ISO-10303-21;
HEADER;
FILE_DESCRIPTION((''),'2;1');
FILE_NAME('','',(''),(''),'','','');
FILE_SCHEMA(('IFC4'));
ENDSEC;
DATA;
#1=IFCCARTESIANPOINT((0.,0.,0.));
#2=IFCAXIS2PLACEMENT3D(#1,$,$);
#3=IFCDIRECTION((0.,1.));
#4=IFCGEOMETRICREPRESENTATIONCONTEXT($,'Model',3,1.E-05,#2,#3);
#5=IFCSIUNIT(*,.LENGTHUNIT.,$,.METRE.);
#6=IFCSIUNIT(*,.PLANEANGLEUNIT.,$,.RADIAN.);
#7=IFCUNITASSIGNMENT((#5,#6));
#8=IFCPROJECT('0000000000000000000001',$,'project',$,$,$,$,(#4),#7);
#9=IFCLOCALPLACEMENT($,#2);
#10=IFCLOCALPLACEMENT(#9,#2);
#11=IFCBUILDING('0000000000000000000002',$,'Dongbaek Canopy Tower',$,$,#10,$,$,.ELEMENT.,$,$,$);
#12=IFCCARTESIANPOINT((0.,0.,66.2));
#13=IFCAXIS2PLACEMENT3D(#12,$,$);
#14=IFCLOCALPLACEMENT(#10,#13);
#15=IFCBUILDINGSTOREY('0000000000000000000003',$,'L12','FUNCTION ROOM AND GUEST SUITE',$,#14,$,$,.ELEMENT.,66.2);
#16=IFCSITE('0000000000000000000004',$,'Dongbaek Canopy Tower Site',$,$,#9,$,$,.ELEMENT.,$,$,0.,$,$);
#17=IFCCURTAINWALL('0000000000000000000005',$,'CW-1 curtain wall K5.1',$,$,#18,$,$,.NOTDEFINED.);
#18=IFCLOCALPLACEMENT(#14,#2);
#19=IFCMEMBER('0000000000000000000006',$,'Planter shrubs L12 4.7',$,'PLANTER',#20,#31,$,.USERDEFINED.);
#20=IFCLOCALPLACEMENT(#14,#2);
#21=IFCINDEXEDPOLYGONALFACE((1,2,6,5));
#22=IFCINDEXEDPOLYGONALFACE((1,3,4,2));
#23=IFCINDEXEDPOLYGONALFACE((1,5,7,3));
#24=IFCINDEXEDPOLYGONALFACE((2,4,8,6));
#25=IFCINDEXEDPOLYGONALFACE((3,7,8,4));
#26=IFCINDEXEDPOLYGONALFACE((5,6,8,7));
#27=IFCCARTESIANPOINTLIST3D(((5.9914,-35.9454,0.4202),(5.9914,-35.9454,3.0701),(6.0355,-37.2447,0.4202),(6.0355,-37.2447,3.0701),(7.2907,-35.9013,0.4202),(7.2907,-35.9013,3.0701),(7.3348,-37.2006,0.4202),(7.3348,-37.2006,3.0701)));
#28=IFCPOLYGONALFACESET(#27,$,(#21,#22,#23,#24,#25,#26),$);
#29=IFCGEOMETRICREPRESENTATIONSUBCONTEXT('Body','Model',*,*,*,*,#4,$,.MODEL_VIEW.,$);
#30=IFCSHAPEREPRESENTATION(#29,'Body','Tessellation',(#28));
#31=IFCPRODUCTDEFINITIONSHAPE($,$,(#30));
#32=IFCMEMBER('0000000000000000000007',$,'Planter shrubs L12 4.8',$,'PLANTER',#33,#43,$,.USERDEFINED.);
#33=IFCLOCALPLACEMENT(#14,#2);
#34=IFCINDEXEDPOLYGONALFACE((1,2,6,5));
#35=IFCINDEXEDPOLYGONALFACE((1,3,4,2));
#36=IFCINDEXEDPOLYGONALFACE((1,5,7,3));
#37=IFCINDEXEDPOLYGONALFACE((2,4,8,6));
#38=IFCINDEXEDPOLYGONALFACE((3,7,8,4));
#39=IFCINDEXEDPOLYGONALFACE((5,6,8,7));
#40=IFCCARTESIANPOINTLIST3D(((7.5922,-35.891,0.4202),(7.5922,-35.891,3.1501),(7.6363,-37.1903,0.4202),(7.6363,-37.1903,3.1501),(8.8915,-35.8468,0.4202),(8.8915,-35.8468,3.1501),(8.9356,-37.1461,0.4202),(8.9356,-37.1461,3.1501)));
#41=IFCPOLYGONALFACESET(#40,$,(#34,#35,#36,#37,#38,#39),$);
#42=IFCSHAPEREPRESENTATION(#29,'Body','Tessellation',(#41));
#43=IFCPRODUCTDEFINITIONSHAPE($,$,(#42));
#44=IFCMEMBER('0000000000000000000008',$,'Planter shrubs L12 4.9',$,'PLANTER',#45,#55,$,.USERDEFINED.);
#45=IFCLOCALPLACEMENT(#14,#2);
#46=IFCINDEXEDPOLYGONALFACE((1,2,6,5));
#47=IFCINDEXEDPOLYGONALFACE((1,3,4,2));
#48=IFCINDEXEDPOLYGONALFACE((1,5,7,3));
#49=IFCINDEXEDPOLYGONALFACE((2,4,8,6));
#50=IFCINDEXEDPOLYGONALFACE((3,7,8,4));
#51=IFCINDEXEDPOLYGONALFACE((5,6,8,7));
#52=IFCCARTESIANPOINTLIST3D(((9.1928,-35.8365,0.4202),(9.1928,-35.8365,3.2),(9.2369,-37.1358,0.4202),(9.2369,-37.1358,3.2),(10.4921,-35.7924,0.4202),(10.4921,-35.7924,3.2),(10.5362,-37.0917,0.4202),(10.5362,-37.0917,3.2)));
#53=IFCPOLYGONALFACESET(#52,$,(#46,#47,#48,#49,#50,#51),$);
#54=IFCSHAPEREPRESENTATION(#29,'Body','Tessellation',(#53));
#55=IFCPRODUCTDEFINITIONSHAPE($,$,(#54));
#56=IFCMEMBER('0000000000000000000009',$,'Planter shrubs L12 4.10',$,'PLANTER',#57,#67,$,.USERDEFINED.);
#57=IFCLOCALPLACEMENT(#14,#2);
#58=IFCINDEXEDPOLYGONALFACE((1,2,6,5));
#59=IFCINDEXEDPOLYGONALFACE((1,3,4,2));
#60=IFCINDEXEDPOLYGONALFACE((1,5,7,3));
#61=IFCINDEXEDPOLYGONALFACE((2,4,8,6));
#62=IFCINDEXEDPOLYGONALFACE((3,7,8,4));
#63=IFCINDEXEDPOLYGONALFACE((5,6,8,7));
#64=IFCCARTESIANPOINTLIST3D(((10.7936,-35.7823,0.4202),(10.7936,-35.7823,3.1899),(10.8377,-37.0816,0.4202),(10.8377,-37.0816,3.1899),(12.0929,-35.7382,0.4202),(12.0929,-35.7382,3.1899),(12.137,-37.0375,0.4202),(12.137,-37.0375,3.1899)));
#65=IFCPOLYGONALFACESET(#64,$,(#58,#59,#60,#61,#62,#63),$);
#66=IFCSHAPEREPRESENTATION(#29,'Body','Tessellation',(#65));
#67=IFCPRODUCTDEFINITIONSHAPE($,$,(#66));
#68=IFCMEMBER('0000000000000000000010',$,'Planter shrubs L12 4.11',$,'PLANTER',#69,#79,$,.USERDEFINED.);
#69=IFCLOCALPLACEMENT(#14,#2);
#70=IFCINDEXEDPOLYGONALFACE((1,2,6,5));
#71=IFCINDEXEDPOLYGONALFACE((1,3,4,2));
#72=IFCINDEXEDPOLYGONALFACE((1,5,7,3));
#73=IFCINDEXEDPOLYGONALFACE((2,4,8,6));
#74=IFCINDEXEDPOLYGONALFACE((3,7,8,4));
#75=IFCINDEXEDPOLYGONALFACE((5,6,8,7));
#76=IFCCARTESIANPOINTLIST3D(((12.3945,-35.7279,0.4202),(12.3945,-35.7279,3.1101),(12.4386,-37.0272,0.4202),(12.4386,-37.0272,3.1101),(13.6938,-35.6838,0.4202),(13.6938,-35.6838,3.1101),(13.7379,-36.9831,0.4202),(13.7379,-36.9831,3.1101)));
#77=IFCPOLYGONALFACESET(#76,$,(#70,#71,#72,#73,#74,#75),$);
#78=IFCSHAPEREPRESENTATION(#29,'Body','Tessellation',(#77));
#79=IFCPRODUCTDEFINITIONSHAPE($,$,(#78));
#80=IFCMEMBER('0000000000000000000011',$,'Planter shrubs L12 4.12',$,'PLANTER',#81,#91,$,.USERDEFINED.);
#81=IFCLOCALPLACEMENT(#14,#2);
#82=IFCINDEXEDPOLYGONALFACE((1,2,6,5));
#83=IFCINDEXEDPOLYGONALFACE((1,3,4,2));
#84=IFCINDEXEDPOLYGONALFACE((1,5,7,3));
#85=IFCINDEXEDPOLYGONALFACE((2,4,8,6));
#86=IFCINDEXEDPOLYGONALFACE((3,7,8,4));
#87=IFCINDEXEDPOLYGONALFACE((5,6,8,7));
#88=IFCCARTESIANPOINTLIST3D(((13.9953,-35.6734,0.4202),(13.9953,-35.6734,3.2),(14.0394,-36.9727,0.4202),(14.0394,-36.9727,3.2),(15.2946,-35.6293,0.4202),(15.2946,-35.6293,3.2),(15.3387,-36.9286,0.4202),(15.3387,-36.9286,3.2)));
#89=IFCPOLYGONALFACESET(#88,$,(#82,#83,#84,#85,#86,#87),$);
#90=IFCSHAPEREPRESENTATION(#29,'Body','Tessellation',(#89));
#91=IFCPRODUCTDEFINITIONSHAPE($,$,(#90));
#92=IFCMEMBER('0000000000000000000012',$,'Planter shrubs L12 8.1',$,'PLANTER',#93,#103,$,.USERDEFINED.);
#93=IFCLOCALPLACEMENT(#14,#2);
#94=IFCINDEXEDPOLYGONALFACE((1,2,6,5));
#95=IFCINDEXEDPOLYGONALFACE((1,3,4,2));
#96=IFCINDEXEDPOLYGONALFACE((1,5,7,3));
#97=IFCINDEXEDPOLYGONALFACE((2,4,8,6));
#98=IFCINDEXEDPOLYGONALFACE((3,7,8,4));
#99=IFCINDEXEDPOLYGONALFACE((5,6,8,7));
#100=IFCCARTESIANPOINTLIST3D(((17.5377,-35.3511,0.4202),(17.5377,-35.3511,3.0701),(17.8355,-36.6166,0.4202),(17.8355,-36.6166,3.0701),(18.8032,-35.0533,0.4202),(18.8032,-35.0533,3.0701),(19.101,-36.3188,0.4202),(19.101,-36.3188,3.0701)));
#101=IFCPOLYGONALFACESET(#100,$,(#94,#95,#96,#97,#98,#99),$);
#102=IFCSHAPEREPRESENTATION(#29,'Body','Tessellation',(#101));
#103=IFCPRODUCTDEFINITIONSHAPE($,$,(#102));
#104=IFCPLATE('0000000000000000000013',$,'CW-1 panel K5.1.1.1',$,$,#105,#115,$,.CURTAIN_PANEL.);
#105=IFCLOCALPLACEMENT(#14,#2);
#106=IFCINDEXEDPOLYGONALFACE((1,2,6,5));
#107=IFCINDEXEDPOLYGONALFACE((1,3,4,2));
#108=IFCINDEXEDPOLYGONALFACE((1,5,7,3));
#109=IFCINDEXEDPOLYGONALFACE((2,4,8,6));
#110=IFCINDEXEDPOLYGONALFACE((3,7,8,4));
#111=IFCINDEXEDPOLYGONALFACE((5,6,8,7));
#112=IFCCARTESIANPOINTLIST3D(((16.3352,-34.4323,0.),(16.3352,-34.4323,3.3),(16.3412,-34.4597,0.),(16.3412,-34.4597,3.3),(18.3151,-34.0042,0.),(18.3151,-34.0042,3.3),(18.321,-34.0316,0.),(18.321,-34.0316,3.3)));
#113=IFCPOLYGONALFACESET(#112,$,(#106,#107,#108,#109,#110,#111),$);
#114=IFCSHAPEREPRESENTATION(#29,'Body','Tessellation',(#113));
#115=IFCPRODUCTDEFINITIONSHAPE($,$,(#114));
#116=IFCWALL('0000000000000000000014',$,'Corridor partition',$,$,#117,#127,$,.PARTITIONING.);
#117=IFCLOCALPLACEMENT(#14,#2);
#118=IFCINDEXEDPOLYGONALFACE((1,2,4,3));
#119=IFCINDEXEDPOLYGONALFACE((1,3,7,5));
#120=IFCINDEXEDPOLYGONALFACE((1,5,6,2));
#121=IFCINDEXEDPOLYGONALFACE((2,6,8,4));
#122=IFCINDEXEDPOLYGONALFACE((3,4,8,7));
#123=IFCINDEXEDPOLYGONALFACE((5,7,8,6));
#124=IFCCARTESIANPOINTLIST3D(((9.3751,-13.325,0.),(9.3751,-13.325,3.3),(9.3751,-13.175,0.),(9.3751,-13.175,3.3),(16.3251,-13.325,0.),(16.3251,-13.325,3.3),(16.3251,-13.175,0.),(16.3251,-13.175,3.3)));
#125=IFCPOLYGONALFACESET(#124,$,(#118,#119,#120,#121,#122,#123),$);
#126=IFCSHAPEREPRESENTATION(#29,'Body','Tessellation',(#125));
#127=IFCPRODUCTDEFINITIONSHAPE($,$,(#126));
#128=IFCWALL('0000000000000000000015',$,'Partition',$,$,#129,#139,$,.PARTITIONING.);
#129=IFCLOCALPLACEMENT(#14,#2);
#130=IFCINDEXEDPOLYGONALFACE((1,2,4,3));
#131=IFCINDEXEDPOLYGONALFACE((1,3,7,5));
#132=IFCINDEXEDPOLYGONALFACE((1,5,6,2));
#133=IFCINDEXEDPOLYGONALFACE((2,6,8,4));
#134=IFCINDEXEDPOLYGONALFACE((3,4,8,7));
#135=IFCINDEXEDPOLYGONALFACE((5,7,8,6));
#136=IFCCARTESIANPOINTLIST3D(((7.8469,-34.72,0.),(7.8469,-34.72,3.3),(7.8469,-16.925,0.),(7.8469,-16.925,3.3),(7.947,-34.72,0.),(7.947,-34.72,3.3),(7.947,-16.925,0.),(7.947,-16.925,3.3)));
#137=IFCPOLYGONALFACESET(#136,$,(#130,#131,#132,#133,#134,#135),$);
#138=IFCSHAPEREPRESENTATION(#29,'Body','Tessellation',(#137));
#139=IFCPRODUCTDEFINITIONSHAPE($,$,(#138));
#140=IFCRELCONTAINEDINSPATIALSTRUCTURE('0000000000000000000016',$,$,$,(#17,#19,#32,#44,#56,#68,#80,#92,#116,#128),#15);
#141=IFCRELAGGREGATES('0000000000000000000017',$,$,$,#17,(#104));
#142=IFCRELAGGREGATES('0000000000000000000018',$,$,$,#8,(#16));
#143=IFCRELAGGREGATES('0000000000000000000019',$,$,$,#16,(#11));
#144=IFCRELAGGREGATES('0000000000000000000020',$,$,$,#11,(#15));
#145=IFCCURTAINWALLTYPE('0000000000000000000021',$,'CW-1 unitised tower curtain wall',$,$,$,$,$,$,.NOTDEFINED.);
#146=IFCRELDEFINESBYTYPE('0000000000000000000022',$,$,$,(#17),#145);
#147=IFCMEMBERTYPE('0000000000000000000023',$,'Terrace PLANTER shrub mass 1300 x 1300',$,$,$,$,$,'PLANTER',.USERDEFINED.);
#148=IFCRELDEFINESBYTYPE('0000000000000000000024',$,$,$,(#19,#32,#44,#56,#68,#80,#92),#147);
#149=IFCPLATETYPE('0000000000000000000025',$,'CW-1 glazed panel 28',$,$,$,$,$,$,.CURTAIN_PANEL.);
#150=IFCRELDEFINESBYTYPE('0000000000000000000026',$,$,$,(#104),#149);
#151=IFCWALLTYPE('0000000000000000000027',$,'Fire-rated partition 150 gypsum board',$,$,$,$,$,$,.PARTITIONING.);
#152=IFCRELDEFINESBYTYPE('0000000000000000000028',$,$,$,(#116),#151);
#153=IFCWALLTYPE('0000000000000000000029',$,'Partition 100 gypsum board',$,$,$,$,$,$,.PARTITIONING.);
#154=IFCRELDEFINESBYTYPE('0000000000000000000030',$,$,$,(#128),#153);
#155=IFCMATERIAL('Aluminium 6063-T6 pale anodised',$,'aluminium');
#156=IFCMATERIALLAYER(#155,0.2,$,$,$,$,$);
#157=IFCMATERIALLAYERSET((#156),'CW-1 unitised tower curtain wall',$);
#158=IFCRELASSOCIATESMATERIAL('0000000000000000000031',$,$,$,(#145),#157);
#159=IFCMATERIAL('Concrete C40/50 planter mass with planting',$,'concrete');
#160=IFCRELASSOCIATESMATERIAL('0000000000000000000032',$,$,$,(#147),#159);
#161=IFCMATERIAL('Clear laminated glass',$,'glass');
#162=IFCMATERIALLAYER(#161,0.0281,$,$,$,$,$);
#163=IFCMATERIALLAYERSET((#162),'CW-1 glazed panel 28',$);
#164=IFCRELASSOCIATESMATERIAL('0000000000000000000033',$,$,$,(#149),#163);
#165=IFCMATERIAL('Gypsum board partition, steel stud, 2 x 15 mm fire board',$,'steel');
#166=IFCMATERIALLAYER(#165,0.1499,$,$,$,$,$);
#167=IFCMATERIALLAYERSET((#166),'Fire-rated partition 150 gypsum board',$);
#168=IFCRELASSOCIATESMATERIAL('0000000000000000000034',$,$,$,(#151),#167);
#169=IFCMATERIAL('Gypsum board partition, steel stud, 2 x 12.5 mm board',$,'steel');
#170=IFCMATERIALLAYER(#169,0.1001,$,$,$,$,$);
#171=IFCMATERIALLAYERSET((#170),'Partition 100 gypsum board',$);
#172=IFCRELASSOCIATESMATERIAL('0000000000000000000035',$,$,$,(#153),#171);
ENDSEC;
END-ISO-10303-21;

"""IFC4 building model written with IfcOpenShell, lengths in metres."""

from ifc_helpers import new_model, si_unit, direction, frame, frame_2d, origin, origin_2d, place, context, subcontext, project, spatial, rectangle, extrude, material, layer, layer_set, material_profile, profile_set, type_object, element, aggregate, save


model = new_model("IFC4")

# Units and contexts
model_context = context("Model", 3, precision=1e-05, world=origin(), true_north=direction((0.0, 1.0)))
body_context = subcontext(model_context, "Body", "Model", "MODEL_VIEW")
ifc_project = project(units=[si_unit("LENGTHUNIT", "METRE"), si_unit("PLANEANGLEUNIT", "RADIAN")], contexts=[model_context])

# Site, building, storey
site_placement = place(None, origin())
site = spatial("IfcSite", under=ifc_project, at=site_placement, Name="Dongbaek Canopy Tower Site", CompositionType="ELEMENT", RefElevation=0.0)
building_placement = place(site_placement, origin())
building = spatial("IfcBuilding", under=site, at=building_placement, Name="Dongbaek Canopy Tower", CompositionType="ELEMENT")
storey_placement = place(building_placement, frame((0.0, 0.0, 66.2)))
storey = spatial("IfcBuildingStorey", under=building, at=storey_placement, Name="L12", Description="FUNCTION ROOM AND GUEST SUITE", CompositionType="ELEMENT", Elevation=66.2)

# Curtain wall
ifc_material_1 = material(Name="Aluminium 6063-T6 pale anodised", Category="aluminium")
ifc_layer_1 = layer(ifc_material_1, 0.2)
ifc_layer_set_1 = layer_set([ifc_layer_1], Name="CW-1 unitised tower curtain wall")
curtain_wall_type = type_object("IfcCurtainWallType", Name="CW-1 unitised tower curtain wall", PredefinedType="NOTDEFINED", material=ifc_layer_set_1)
curtain_wall_placement = place(storey_placement, origin())
curtain_wall = element("IfcCurtainWall", 1, at=curtain_wall_placement, inside=storey, type_object=curtain_wall_type, Name="CW-1 curtain wall K5.1", PredefinedType="NOTDEFINED")

# Members
ifc_material_2 = material(Name="Concrete C40/50 planter mass with planting", Category="concrete")
ifc_material_profile_1 = material_profile(ifc_material_2, rectangle(XDim=1.3, YDim=1.3, at=origin_2d()), Name="Terrace PLANTER shrub mass 1300 x 1300")
ifc_profile_set_1 = profile_set([ifc_material_profile_1], Name="Concrete C40/50 planter mass with planting")
member_type_1 = type_object("IfcMemberType", Name="Terrace PLANTER shrub mass 1300 x 1300", ElementType="PLANTER", PredefinedType="USERDEFINED", material=ifc_profile_set_1)
member_1_placement = place(storey_placement, frame((6.6631, -36.573, 0.4202), z_axis=(0.0, 0.0, 1.0), x_axis=(0.033933, -0.999424, 0.0)))
element("IfcMember", 2, at=member_1_placement, inside=storey, type_object=member_type_1, Name="Planter shrubs L12 4.7", ObjectType="PLANTER", PredefinedType="USERDEFINED", context=body_context, shape_type="SweptSolid", body=[
    extrude(rectangle(XDim=1.3, YDim=1.3, at=origin_2d()), origin(), (0.0, 0.0, 1.0), 2.6499),
])
member_2_placement = place(storey_placement, frame((8.2639, -36.5186, 0.4202), z_axis=(0.0, 0.0, 1.0), x_axis=(0.033933, -0.999424, 0.0)))
element("IfcMember", 3, at=member_2_placement, inside=storey, type_object=member_type_1, Name="Planter shrubs L12 4.8", ObjectType="PLANTER", PredefinedType="USERDEFINED", context=body_context, shape_type="SweptSolid", body=[
    extrude(rectangle(XDim=1.3, YDim=1.3, at=origin_2d()), origin(), (0.0, 0.0, 1.0), 2.73),
])
member_3_placement = place(storey_placement, frame((9.8645, -36.4641, 0.4202), z_axis=(0.0, 0.0, 1.0), x_axis=(0.033933, -0.999424, 0.0)))
element("IfcMember", 4, at=member_3_placement, inside=storey, type_object=member_type_1, Name="Planter shrubs L12 4.9", ObjectType="PLANTER", PredefinedType="USERDEFINED", context=body_context, shape_type="SweptSolid", body=[
    extrude(rectangle(XDim=1.3, YDim=1.3, at=origin_2d()), origin(), (0.0, 0.0, 1.0), 2.7798),
])
member_4_placement = place(storey_placement, frame((11.4653, -36.4099, 0.4202), z_axis=(0.0, 0.0, 1.0), x_axis=(0.033933, -0.999424, 0.0)))
element("IfcMember", 5, at=member_4_placement, inside=storey, type_object=member_type_1, Name="Planter shrubs L12 4.10", ObjectType="PLANTER", PredefinedType="USERDEFINED", context=body_context, shape_type="SweptSolid", body=[
    extrude(rectangle(XDim=1.3, YDim=1.3, at=origin_2d()), origin(), (0.0, 0.0, 1.0), 2.7698),
])
member_5_placement = place(storey_placement, frame((13.0662, -36.3555, 0.4202), z_axis=(0.0, 0.0, 1.0), x_axis=(0.033933, -0.999424, 0.0)))
element("IfcMember", 6, at=member_5_placement, inside=storey, type_object=member_type_1, Name="Planter shrubs L12 4.11", ObjectType="PLANTER", PredefinedType="USERDEFINED", context=body_context, shape_type="SweptSolid", body=[
    extrude(rectangle(XDim=1.3, YDim=1.3, at=origin_2d()), origin(), (0.0, 0.0, 1.0), 2.6899),
])
member_6_placement = place(storey_placement, frame((14.667, -36.301, 0.4202), z_axis=(0.0, 0.0, 1.0), x_axis=(0.033933, -0.999424, 0.0)))
element("IfcMember", 7, at=member_6_placement, inside=storey, type_object=member_type_1, Name="Planter shrubs L12 4.12", ObjectType="PLANTER", PredefinedType="USERDEFINED", context=body_context, shape_type="SweptSolid", body=[
    extrude(rectangle(XDim=1.3, YDim=1.3, at=origin_2d()), origin(), (0.0, 0.0, 1.0), 2.7798),
])
member_7_placement = place(storey_placement, frame((18.3193, -35.835, 0.4202), z_axis=(0.0, 0.0, 1.0), x_axis=(0.229056, -0.973413, 0.0)))
element("IfcMember", 8, at=member_7_placement, inside=storey, type_object=member_type_1, Name="Planter shrubs L12 8.1", ObjectType="PLANTER", PredefinedType="USERDEFINED", context=body_context, shape_type="SweptSolid", body=[
    extrude(rectangle(XDim=1.3, YDim=1.3, at=origin_2d()), origin(), (0.0, 0.0, 1.0), 2.6499),
])

# Plate
ifc_material_3 = material(Name="Clear laminated glass", Category="glass")
ifc_layer_2 = layer(ifc_material_3, 0.0281)
ifc_layer_set_2 = layer_set([ifc_layer_2], Name="CW-1 glazed panel 28")
plate_type = type_object("IfcPlateType", Name="CW-1 glazed panel 28", PredefinedType="CURTAIN_PANEL", material=ifc_layer_set_2)
plate_placement = place(storey_placement, frame((17.3281, -34.2319, 0.0), z_axis=(0.0, 0.0, 1.0), x_axis=(0.977411, 0.211349, 0.0)))
plate = element("IfcPlate", 9, at=plate_placement, type_object=plate_type, Name="CW-1 panel K5.1.1.1", PredefinedType="CURTAIN_PANEL", context=body_context, shape_type="SweptSolid", body=[
    extrude(rectangle(XDim=2.0256, YDim=0.0281, at=origin_2d()), origin(), (0.0, 0.0, 1.0), 3.3),
])
aggregate(curtain_wall, [plate])

# Walls
ifc_material_4 = material(Name="Gypsum board partition, steel stud, 2 x 15 mm fire board", Category="steel")
ifc_layer_3 = layer(ifc_material_4, 0.1499)
ifc_layer_set_3 = layer_set([ifc_layer_3], Name="Fire-rated partition 150 gypsum board")
wall_type_1 = type_object("IfcWallType", Name="Fire-rated partition 150 gypsum board", PredefinedType="PARTITIONING", material=ifc_layer_set_3)
wall_1_placement = place(storey_placement, frame((9.375, -13.25, 0.0), z_axis=(0.0, 0.0, 1.0), x_axis=(1.0, 0.0, 0.0)))
element("IfcWall", 10, at=wall_1_placement, inside=storey, type_object=wall_type_1, Name="Corridor partition", PredefinedType="PARTITIONING", context=body_context, shape_type="SweptSolid", body=[
    extrude(rectangle(XDim=6.95, YDim=0.1499, at=frame_2d((3.4751, 0.0))), origin(), (0.0, 0.0, 1.0), 3.3),
])
ifc_material_5 = material(Name="Gypsum board partition, steel stud, 2 x 12.5 mm board", Category="steel")
ifc_layer_4 = layer(ifc_material_5, 0.1001)
ifc_layer_set_4 = layer_set([ifc_layer_4], Name="Partition 100 gypsum board")
wall_type_2 = type_object("IfcWallType", Name="Partition 100 gypsum board", PredefinedType="PARTITIONING", material=ifc_layer_set_4)
wall_2_placement = place(storey_placement, frame((7.897, -34.72, 0.0), z_axis=(0.0, 0.0, 1.0), x_axis=(0.0, 1.0, 0.0)))
element("IfcWall", 11, at=wall_2_placement, inside=storey, type_object=wall_type_2, Name="Partition", PredefinedType="PARTITIONING", context=body_context, shape_type="SweptSolid", body=[
    extrude(rectangle(XDim=17.7949, YDim=0.1001, at=frame_2d((8.8975, 0.0))), origin(), (0.0, 0.0, 1.0), 3.3),
])

save(model, "model.ifc")
